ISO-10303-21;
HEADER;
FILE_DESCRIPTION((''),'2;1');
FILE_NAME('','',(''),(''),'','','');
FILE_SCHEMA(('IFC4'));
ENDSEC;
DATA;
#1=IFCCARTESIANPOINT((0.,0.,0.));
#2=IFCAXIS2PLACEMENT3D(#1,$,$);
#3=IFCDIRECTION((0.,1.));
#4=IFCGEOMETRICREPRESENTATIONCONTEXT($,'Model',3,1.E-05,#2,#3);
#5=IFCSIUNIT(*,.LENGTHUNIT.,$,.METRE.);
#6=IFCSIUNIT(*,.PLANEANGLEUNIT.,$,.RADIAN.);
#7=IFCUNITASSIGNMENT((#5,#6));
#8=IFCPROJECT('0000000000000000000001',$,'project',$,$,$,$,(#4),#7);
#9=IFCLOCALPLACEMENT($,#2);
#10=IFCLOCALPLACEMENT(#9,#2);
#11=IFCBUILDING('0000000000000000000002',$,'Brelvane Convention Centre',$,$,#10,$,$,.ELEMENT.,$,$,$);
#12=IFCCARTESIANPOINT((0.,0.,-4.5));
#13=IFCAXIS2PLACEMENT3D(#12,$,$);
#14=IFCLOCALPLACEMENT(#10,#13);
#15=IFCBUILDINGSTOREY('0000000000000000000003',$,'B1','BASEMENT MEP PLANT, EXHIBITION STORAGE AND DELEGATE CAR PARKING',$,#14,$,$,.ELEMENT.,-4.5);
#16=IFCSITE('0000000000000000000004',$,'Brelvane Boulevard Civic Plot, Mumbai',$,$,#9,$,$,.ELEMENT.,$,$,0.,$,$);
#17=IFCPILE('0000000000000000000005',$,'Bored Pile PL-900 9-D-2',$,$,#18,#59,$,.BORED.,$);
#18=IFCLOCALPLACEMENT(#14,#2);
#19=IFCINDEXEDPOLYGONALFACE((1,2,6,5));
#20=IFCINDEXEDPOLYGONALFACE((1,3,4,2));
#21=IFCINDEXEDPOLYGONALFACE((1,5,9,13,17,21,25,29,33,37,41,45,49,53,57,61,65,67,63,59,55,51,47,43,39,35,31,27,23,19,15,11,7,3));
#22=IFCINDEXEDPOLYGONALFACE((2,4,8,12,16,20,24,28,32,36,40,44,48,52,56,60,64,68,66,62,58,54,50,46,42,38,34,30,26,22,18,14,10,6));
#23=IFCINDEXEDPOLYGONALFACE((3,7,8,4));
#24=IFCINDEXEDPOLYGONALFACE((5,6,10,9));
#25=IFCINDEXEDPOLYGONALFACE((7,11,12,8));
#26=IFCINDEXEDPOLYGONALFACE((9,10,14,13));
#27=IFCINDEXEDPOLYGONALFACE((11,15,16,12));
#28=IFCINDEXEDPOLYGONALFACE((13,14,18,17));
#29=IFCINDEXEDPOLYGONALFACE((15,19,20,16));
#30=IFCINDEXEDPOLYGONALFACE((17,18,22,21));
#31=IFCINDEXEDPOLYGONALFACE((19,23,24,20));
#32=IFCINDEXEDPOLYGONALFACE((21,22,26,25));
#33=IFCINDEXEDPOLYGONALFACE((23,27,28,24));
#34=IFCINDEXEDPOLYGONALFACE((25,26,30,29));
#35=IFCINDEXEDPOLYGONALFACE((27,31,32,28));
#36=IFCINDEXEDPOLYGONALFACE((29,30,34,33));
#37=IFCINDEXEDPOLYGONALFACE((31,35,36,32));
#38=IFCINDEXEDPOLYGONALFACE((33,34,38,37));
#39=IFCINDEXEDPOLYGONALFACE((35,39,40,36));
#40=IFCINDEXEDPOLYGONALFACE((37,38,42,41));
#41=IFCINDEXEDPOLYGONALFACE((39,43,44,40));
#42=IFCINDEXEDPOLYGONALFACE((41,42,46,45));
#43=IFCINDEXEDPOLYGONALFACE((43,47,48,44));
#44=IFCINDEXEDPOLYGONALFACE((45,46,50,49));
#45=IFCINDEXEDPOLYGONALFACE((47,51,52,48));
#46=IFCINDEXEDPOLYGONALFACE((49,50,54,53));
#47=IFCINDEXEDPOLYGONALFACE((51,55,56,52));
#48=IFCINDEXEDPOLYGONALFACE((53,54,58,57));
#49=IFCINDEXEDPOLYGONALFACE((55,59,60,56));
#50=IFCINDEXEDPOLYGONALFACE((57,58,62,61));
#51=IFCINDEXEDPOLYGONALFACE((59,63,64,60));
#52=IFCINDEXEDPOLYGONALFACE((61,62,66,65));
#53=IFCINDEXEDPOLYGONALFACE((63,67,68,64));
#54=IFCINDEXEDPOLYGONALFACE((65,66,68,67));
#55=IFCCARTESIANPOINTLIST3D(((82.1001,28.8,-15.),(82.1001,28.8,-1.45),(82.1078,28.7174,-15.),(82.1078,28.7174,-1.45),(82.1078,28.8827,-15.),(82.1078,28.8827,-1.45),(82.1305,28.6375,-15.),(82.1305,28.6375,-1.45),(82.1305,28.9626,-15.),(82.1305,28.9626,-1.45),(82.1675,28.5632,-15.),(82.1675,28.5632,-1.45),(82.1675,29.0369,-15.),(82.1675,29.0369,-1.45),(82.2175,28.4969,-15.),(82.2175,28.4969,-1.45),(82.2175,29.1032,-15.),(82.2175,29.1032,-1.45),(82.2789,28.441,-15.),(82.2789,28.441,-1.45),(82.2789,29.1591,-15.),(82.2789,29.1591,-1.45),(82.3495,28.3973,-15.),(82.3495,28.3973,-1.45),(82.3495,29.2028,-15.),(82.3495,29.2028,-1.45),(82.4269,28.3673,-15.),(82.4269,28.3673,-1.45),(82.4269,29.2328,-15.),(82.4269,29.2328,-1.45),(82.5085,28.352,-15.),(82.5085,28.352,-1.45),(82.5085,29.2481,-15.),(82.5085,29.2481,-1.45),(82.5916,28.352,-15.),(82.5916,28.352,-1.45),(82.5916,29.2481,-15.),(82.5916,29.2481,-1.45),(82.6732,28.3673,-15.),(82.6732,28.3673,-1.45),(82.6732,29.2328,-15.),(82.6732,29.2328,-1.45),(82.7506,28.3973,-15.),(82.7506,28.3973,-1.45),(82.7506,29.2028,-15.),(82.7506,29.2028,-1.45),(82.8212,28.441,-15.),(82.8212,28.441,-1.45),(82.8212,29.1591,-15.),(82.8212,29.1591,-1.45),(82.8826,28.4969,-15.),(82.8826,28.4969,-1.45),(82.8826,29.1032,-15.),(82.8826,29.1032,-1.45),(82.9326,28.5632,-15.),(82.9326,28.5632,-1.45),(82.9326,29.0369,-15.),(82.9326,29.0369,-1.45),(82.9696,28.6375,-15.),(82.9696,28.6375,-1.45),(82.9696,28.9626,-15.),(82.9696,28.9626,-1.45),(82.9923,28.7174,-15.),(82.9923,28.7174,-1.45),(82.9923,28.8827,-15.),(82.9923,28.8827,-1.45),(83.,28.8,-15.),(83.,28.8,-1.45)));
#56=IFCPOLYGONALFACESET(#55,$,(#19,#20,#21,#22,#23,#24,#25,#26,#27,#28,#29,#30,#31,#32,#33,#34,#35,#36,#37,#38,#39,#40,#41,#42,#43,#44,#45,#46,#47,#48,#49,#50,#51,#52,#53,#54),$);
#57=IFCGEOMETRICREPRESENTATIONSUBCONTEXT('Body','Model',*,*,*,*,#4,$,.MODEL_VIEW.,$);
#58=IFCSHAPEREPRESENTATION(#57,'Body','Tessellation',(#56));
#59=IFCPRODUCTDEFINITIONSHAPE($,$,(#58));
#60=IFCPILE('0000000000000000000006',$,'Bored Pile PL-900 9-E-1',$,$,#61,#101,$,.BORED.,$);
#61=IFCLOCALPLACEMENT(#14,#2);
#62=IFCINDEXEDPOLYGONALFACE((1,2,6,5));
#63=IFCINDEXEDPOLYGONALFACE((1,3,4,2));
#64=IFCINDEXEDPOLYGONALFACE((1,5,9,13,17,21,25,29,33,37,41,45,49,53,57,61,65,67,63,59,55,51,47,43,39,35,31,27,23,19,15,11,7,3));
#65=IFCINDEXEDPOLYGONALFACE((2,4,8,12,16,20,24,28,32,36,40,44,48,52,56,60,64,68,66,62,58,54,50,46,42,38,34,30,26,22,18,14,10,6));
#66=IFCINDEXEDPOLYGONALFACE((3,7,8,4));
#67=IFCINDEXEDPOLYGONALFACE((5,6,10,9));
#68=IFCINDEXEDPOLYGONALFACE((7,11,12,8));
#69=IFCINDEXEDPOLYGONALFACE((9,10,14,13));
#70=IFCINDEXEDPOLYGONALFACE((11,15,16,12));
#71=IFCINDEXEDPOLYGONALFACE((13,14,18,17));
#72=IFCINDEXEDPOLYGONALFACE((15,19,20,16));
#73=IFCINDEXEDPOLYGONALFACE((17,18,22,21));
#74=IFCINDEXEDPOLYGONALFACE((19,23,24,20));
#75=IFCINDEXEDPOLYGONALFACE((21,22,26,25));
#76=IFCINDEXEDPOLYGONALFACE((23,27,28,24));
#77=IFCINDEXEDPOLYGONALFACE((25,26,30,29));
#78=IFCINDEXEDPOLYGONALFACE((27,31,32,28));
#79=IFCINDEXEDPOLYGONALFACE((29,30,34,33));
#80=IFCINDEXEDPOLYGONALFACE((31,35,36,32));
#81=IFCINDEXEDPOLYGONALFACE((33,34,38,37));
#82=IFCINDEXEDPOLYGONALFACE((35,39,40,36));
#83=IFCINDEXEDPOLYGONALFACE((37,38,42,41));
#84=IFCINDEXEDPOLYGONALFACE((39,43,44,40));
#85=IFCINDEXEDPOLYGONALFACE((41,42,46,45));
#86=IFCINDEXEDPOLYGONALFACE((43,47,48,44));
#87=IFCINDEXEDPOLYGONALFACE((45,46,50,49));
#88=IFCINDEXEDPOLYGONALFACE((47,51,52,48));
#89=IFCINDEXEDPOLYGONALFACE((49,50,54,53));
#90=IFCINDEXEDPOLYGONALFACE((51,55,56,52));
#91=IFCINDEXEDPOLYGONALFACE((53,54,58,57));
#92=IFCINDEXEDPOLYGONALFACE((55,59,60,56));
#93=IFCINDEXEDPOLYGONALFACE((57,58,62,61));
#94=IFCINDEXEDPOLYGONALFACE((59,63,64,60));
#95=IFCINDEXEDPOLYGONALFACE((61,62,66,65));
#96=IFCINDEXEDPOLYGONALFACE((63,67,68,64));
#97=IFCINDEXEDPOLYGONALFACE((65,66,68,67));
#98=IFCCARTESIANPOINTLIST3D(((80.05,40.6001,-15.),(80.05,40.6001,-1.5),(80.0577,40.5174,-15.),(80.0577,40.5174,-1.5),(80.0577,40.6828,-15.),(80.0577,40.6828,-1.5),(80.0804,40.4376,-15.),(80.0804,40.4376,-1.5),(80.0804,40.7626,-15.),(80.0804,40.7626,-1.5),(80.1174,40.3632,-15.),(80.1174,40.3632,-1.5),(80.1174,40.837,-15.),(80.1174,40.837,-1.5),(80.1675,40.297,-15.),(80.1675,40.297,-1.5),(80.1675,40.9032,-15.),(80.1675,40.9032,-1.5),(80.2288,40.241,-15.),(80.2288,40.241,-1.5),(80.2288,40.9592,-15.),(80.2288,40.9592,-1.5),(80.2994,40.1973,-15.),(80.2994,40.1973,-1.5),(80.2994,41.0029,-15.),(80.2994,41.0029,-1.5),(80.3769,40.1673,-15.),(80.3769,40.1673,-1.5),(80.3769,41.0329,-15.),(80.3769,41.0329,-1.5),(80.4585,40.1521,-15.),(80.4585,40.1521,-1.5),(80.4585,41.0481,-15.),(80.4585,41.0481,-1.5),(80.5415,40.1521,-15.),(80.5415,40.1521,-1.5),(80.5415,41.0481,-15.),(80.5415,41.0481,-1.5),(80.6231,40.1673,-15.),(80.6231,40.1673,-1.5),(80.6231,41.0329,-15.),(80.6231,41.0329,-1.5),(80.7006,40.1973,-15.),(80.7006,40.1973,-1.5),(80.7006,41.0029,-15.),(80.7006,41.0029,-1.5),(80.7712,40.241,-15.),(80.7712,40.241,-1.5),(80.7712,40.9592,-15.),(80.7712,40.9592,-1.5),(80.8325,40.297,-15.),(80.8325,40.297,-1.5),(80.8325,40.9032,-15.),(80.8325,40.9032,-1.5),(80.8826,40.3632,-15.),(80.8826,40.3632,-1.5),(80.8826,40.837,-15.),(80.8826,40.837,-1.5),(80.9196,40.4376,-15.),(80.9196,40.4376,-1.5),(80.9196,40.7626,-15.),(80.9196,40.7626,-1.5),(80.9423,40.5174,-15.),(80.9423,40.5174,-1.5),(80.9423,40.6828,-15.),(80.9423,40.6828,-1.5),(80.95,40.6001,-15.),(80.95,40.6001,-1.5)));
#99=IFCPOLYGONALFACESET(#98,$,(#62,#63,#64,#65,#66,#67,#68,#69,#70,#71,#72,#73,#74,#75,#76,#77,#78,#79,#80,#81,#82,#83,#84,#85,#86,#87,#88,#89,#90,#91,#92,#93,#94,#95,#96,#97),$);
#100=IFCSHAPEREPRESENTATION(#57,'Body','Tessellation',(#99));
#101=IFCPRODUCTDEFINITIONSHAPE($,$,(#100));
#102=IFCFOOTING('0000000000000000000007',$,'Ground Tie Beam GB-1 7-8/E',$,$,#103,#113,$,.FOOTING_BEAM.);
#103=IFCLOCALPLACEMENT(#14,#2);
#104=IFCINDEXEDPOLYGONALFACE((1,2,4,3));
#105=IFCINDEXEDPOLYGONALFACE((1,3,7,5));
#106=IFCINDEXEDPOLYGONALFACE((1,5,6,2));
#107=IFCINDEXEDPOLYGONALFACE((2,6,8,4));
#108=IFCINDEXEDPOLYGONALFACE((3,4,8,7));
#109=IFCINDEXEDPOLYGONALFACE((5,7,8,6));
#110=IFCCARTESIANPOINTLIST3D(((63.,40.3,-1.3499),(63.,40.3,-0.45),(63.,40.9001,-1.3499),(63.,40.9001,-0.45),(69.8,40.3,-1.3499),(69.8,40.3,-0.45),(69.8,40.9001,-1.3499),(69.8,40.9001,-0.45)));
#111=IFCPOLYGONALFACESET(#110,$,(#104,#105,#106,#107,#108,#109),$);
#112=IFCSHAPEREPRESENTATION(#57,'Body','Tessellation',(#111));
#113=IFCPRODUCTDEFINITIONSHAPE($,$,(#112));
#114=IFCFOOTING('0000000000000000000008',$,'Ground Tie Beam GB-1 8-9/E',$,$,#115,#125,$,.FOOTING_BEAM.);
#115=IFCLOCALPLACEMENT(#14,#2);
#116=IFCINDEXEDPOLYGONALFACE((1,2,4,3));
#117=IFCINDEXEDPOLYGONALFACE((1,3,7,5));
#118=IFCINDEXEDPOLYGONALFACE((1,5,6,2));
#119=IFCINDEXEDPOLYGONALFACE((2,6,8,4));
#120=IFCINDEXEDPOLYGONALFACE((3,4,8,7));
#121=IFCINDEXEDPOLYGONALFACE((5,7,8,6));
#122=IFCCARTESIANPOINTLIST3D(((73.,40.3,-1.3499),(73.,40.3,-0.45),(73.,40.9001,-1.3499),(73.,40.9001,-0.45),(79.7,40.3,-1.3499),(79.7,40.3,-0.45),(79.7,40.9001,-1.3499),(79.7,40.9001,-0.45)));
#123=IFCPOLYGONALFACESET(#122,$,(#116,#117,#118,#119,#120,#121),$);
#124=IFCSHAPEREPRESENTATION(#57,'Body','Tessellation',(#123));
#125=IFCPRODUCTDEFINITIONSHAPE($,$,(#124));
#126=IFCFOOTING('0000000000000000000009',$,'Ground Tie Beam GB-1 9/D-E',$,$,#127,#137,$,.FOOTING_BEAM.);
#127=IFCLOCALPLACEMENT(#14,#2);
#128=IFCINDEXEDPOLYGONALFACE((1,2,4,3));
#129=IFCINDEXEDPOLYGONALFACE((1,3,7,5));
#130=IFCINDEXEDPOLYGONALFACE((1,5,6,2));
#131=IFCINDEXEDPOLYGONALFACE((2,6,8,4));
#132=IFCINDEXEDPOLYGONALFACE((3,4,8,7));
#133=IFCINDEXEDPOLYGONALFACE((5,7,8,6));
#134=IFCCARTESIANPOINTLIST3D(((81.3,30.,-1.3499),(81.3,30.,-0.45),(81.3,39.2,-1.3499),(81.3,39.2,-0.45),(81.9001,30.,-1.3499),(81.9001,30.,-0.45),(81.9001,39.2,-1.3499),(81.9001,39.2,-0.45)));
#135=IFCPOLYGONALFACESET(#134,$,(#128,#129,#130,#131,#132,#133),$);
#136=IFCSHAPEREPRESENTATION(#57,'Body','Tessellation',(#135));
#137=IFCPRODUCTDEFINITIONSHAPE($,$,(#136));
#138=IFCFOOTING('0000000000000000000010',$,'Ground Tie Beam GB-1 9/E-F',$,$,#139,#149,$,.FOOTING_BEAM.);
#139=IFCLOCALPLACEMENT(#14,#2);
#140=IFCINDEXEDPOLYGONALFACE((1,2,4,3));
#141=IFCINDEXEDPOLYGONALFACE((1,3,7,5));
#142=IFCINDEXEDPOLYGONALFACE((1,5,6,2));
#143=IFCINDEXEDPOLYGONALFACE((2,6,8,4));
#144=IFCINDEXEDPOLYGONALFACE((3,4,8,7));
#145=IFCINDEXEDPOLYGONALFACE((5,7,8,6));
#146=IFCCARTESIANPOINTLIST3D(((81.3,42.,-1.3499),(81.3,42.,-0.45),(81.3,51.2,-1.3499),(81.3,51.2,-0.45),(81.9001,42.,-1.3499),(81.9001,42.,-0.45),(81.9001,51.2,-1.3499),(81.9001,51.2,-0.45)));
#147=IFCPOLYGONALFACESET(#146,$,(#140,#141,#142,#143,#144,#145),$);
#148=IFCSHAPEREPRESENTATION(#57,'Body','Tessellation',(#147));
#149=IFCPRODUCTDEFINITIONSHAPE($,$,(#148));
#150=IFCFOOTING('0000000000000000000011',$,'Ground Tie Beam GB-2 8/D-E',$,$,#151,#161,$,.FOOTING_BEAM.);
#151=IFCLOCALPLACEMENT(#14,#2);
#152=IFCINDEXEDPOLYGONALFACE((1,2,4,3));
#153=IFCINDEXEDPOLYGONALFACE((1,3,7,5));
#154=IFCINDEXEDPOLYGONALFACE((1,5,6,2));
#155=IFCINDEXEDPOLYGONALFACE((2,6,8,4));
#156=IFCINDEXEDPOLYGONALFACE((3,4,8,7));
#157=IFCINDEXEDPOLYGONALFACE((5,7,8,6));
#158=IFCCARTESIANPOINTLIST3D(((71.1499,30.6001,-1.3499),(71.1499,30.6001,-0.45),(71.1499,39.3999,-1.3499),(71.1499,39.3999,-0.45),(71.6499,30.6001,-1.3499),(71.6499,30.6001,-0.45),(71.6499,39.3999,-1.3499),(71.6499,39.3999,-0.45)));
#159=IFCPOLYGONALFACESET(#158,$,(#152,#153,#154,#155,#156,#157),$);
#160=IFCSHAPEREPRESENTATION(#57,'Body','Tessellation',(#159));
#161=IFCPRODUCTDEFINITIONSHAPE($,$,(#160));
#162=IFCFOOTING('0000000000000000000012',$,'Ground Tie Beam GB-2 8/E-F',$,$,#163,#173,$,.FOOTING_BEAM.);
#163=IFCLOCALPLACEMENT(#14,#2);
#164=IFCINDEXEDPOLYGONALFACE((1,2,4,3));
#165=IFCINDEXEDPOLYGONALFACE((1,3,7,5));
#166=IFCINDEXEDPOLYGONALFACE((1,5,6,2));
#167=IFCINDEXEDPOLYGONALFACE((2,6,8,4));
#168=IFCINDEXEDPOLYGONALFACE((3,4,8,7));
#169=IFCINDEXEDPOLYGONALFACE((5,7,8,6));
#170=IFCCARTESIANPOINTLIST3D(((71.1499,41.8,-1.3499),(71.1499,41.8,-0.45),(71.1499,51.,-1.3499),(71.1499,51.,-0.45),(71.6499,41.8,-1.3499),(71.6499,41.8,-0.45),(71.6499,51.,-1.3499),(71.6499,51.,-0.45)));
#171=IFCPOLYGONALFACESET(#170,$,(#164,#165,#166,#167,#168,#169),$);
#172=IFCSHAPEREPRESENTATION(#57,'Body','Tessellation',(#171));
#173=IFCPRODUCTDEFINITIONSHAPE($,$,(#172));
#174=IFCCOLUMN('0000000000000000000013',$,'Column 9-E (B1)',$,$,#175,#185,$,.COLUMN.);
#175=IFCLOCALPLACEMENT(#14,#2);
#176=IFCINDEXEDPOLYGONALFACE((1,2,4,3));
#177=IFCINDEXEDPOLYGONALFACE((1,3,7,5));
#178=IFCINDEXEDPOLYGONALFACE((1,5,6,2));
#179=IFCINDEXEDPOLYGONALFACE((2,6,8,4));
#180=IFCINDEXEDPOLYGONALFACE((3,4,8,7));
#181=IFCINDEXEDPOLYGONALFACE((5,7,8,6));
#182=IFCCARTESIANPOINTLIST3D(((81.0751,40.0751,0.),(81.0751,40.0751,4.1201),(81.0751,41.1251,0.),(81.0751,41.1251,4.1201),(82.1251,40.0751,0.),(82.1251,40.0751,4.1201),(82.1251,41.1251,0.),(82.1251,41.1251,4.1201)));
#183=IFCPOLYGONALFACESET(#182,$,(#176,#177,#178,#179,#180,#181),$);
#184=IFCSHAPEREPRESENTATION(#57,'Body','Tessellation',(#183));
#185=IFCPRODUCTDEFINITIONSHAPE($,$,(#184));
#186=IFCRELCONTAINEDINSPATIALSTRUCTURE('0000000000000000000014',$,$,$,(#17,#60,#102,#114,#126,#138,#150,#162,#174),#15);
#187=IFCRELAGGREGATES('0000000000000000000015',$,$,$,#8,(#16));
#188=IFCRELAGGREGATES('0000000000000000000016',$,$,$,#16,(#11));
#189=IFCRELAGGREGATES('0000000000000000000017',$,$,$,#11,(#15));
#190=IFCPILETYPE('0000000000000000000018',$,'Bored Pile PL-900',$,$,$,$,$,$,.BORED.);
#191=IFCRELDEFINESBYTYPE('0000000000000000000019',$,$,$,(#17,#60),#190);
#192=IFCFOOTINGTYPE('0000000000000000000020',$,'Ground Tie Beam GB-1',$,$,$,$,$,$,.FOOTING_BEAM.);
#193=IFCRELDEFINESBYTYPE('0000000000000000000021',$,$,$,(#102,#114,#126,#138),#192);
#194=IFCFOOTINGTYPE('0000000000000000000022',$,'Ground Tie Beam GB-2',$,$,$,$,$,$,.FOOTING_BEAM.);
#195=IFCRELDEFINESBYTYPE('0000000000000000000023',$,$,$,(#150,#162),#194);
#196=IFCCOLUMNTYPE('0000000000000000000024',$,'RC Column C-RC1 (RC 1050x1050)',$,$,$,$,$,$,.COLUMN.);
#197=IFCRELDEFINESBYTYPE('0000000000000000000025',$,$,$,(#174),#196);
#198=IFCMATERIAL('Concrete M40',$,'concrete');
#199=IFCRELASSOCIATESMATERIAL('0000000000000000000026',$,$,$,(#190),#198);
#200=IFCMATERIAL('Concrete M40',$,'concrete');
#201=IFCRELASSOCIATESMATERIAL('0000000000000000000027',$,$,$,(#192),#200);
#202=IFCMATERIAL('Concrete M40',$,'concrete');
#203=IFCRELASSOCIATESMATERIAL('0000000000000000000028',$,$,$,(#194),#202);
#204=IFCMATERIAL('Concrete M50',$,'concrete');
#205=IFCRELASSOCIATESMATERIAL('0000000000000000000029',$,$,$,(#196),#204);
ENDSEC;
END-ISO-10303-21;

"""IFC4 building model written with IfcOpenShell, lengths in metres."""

from ifc_helpers import new_model, si_unit, direction, frame, origin, origin_2d, place, context, subcontext, project, spatial, rectangle, circle, extrude, material, material_profile, profile_set, type_object, element, save


model = new_model("IFC4")

# Units and contexts
model_context = context("Model", 3, precision=1e-05, world=origin(), true_north=direction((0.0, 1.0)))
body_context = subcontext(model_context, "Body", "Model", "MODEL_VIEW")
ifc_project = project(units=[si_unit("LENGTHUNIT", "METRE"), si_unit("PLANEANGLEUNIT", "RADIAN")], contexts=[model_context])

# Site, building, storey
site_placement = place(None, origin())
site = spatial("IfcSite", under=ifc_project, at=site_placement, Name="Brelvane Boulevard Civic Plot, Mumbai", CompositionType="ELEMENT", RefElevation=0.0)
building_placement = place(site_placement, origin())
building = spatial("IfcBuilding", under=site, at=building_placement, Name="Brelvane Convention Centre", CompositionType="ELEMENT")
storey_placement = place(building_placement, frame((0.0, 0.0, -4.5)))
storey = spatial("IfcBuildingStorey", under=building, at=storey_placement, Name="B1", Description="BASEMENT MEP PLANT, EXHIBITION STORAGE AND DELEGATE CAR PARKING", CompositionType="ELEMENT", Elevation=-4.5)

# Piles
ifc_material_1 = material(Name="Concrete M40", Category="concrete")
ifc_material_profile_1 = material_profile(ifc_material_1, circle(Radius=0.45, at=origin_2d()), Name="PILE D900")
ifc_profile_set_1 = profile_set([ifc_material_profile_1], Name="Concrete M40")
pile_type = type_object("IfcPileType", Name="Bored Pile PL-900", PredefinedType="BORED", material=ifc_profile_set_1)
for number, where, z_axis, x_axis, name in (
    (1, (82.55, 28.8, -1.45), (0.0, 0.0, -1.0), (1.0, 0.0, 0.0), "Bored Pile PL-900 9-D-2"),
):
    element("IfcPile", number, at=place(storey_placement, frame(where, z_axis=z_axis, x_axis=x_axis)), inside=storey, type_object=pile_type, Name=name, PredefinedType="BORED", context=body_context, shape_type="SweptSolid", body=[
        extrude(circle(Radius=0.45, at=origin_2d()), origin(), (0.0, 0.0, 1.0), 13.55),
    ])
pile_placement = place(storey_placement, frame((80.5, 40.6001, -1.5), z_axis=(0.0, 0.0, -1.0), x_axis=(1.0, 0.0, 0.0)))
element("IfcPile", 2, at=pile_placement, inside=storey, type_object=pile_type, Name="Bored Pile PL-900 9-E-1", PredefinedType="BORED", context=body_context, shape_type="SweptSolid", body=[
    extrude(circle(Radius=0.45, at=origin_2d()), origin(), (0.0, 0.0, 1.0), 13.5),
])

# Footings
ifc_material_2 = material(Name="Concrete M40", Category="concrete")
ifc_material_profile_2 = material_profile(ifc_material_2, rectangle(XDim=0.6001, YDim=0.8999, at=origin_2d()), Name="RC 600x900")
ifc_profile_set_2 = profile_set([ifc_material_profile_2], Name="Concrete M40")
footing_type_1 = type_object("IfcFootingType", Name="Ground Tie Beam GB-1", PredefinedType="FOOTING_BEAM", material=ifc_profile_set_2)
footing_1_placement = place(storey_placement, frame((63.0, 40.6001, -0.8999), z_axis=(1.0, 0.0, 0.0), x_axis=(0.0, 1.0, 0.0)))
element("IfcFooting", 3, at=footing_1_placement, inside=storey, type_object=footing_type_1, Name="Ground Tie Beam GB-1 7-8/E", PredefinedType="FOOTING_BEAM", context=body_context, shape_type="SweptSolid", body=[
    extrude(rectangle(XDim=0.6001, YDim=0.8999, at=origin_2d()), origin(), (0.0, 0.0, 1.0), 6.8),
])
footing_2_placement = place(storey_placement, frame((73.0, 40.6001, -0.8999), z_axis=(1.0, 0.0, 0.0), x_axis=(0.0, 1.0, 0.0)))
element("IfcFooting", 4, at=footing_2_placement, inside=storey, type_object=footing_type_1, Name="Ground Tie Beam GB-1 8-9/E", PredefinedType="FOOTING_BEAM", context=body_context, shape_type="SweptSolid", body=[
    extrude(rectangle(XDim=0.6001, YDim=0.8999, at=origin_2d()), origin(), (0.0, 0.0, 1.0), 6.7),
])
for number, where, z_axis, x_axis, name in (
    (5, (81.6001, 30.0, -0.8999), (0.0, 1.0, 0.0), (-1.0, 0.0, 0.0), "Ground Tie Beam GB-1 9/D-E"),
    (6, (81.6001, 42.0, -0.8999), (0.0, 1.0, 0.0), (-1.0, 0.0, 0.0), "Ground Tie Beam GB-1 9/E-F"),
):
    element("IfcFooting", number, at=place(storey_placement, frame(where, z_axis=z_axis, x_axis=x_axis)), inside=storey, type_object=footing_type_1, Name=name, PredefinedType="FOOTING_BEAM", context=body_context, shape_type="SweptSolid", body=[
        extrude(rectangle(XDim=0.6001, YDim=0.8999, at=origin_2d()), origin(), (0.0, 0.0, 1.0), 9.2),
    ])
ifc_material_3 = material(Name="Concrete M40", Category="concrete")
ifc_material_profile_3 = material_profile(ifc_material_3, rectangle(XDim=0.5, YDim=0.8999, at=origin_2d()), Name="RC 500x900")
ifc_profile_set_3 = profile_set([ifc_material_profile_3], Name="Concrete M40")
footing_type_2 = type_object("IfcFootingType", Name="Ground Tie Beam GB-2", PredefinedType="FOOTING_BEAM", material=ifc_profile_set_3)
footing_3_placement = place(storey_placement, frame((71.3999, 30.6001, -0.8999), z_axis=(0.0, 1.0, 0.0), x_axis=(-1.0, 0.0, 0.0)))
element("IfcFooting", 7, at=footing_3_placement, inside=storey, type_object=footing_type_2, Name="Ground Tie Beam GB-2 8/D-E", PredefinedType="FOOTING_BEAM", context=body_context, shape_type="SweptSolid", body=[
    extrude(rectangle(XDim=0.5, YDim=0.8999, at=origin_2d()), origin(), (0.0, 0.0, 1.0), 8.7998),
])
footing_4_placement = place(storey_placement, frame((71.3999, 41.8, -0.8999), z_axis=(0.0, 1.0, 0.0), x_axis=(-1.0, 0.0, 0.0)))
element("IfcFooting", 8, at=footing_4_placement, inside=storey, type_object=footing_type_2, Name="Ground Tie Beam GB-2 8/E-F", PredefinedType="FOOTING_BEAM", context=body_context, shape_type="SweptSolid", body=[
    extrude(rectangle(XDim=0.5, YDim=0.8999, at=origin_2d()), origin(), (0.0, 0.0, 1.0), 9.2),
])

# Column
ifc_material_4 = material(Name="Concrete M50", Category="concrete")
ifc_material_profile_4 = material_profile(ifc_material_4, rectangle(XDim=1.05, YDim=1.05, at=origin_2d()), Name="RC 1050x1050")
ifc_profile_set_4 = profile_set([ifc_material_profile_4], Name="Concrete M50")
column_type_1 = type_object("IfcColumnType", Name="RC Column C-RC1 (RC 1050x1050)", PredefinedType="COLUMN", material=ifc_profile_set_4)
column_1_placement = place(storey_placement, frame((81.6001, 40.6001, 0.0), z_axis=(0.0, 0.0, 1.0), x_axis=(1.0, 0.0, 0.0)))
element("IfcColumn", 9, at=column_1_placement, inside=storey, type_object=column_type_1, Name="Column 9-E (B1)", PredefinedType="COLUMN", context=body_context, shape_type="SweptSolid", body=[
    extrude(rectangle(XDim=1.05, YDim=1.05, at=origin_2d()), origin(), (0.0, 0.0, 1.0), 4.1201),
])

save(model, "model.ifc")
